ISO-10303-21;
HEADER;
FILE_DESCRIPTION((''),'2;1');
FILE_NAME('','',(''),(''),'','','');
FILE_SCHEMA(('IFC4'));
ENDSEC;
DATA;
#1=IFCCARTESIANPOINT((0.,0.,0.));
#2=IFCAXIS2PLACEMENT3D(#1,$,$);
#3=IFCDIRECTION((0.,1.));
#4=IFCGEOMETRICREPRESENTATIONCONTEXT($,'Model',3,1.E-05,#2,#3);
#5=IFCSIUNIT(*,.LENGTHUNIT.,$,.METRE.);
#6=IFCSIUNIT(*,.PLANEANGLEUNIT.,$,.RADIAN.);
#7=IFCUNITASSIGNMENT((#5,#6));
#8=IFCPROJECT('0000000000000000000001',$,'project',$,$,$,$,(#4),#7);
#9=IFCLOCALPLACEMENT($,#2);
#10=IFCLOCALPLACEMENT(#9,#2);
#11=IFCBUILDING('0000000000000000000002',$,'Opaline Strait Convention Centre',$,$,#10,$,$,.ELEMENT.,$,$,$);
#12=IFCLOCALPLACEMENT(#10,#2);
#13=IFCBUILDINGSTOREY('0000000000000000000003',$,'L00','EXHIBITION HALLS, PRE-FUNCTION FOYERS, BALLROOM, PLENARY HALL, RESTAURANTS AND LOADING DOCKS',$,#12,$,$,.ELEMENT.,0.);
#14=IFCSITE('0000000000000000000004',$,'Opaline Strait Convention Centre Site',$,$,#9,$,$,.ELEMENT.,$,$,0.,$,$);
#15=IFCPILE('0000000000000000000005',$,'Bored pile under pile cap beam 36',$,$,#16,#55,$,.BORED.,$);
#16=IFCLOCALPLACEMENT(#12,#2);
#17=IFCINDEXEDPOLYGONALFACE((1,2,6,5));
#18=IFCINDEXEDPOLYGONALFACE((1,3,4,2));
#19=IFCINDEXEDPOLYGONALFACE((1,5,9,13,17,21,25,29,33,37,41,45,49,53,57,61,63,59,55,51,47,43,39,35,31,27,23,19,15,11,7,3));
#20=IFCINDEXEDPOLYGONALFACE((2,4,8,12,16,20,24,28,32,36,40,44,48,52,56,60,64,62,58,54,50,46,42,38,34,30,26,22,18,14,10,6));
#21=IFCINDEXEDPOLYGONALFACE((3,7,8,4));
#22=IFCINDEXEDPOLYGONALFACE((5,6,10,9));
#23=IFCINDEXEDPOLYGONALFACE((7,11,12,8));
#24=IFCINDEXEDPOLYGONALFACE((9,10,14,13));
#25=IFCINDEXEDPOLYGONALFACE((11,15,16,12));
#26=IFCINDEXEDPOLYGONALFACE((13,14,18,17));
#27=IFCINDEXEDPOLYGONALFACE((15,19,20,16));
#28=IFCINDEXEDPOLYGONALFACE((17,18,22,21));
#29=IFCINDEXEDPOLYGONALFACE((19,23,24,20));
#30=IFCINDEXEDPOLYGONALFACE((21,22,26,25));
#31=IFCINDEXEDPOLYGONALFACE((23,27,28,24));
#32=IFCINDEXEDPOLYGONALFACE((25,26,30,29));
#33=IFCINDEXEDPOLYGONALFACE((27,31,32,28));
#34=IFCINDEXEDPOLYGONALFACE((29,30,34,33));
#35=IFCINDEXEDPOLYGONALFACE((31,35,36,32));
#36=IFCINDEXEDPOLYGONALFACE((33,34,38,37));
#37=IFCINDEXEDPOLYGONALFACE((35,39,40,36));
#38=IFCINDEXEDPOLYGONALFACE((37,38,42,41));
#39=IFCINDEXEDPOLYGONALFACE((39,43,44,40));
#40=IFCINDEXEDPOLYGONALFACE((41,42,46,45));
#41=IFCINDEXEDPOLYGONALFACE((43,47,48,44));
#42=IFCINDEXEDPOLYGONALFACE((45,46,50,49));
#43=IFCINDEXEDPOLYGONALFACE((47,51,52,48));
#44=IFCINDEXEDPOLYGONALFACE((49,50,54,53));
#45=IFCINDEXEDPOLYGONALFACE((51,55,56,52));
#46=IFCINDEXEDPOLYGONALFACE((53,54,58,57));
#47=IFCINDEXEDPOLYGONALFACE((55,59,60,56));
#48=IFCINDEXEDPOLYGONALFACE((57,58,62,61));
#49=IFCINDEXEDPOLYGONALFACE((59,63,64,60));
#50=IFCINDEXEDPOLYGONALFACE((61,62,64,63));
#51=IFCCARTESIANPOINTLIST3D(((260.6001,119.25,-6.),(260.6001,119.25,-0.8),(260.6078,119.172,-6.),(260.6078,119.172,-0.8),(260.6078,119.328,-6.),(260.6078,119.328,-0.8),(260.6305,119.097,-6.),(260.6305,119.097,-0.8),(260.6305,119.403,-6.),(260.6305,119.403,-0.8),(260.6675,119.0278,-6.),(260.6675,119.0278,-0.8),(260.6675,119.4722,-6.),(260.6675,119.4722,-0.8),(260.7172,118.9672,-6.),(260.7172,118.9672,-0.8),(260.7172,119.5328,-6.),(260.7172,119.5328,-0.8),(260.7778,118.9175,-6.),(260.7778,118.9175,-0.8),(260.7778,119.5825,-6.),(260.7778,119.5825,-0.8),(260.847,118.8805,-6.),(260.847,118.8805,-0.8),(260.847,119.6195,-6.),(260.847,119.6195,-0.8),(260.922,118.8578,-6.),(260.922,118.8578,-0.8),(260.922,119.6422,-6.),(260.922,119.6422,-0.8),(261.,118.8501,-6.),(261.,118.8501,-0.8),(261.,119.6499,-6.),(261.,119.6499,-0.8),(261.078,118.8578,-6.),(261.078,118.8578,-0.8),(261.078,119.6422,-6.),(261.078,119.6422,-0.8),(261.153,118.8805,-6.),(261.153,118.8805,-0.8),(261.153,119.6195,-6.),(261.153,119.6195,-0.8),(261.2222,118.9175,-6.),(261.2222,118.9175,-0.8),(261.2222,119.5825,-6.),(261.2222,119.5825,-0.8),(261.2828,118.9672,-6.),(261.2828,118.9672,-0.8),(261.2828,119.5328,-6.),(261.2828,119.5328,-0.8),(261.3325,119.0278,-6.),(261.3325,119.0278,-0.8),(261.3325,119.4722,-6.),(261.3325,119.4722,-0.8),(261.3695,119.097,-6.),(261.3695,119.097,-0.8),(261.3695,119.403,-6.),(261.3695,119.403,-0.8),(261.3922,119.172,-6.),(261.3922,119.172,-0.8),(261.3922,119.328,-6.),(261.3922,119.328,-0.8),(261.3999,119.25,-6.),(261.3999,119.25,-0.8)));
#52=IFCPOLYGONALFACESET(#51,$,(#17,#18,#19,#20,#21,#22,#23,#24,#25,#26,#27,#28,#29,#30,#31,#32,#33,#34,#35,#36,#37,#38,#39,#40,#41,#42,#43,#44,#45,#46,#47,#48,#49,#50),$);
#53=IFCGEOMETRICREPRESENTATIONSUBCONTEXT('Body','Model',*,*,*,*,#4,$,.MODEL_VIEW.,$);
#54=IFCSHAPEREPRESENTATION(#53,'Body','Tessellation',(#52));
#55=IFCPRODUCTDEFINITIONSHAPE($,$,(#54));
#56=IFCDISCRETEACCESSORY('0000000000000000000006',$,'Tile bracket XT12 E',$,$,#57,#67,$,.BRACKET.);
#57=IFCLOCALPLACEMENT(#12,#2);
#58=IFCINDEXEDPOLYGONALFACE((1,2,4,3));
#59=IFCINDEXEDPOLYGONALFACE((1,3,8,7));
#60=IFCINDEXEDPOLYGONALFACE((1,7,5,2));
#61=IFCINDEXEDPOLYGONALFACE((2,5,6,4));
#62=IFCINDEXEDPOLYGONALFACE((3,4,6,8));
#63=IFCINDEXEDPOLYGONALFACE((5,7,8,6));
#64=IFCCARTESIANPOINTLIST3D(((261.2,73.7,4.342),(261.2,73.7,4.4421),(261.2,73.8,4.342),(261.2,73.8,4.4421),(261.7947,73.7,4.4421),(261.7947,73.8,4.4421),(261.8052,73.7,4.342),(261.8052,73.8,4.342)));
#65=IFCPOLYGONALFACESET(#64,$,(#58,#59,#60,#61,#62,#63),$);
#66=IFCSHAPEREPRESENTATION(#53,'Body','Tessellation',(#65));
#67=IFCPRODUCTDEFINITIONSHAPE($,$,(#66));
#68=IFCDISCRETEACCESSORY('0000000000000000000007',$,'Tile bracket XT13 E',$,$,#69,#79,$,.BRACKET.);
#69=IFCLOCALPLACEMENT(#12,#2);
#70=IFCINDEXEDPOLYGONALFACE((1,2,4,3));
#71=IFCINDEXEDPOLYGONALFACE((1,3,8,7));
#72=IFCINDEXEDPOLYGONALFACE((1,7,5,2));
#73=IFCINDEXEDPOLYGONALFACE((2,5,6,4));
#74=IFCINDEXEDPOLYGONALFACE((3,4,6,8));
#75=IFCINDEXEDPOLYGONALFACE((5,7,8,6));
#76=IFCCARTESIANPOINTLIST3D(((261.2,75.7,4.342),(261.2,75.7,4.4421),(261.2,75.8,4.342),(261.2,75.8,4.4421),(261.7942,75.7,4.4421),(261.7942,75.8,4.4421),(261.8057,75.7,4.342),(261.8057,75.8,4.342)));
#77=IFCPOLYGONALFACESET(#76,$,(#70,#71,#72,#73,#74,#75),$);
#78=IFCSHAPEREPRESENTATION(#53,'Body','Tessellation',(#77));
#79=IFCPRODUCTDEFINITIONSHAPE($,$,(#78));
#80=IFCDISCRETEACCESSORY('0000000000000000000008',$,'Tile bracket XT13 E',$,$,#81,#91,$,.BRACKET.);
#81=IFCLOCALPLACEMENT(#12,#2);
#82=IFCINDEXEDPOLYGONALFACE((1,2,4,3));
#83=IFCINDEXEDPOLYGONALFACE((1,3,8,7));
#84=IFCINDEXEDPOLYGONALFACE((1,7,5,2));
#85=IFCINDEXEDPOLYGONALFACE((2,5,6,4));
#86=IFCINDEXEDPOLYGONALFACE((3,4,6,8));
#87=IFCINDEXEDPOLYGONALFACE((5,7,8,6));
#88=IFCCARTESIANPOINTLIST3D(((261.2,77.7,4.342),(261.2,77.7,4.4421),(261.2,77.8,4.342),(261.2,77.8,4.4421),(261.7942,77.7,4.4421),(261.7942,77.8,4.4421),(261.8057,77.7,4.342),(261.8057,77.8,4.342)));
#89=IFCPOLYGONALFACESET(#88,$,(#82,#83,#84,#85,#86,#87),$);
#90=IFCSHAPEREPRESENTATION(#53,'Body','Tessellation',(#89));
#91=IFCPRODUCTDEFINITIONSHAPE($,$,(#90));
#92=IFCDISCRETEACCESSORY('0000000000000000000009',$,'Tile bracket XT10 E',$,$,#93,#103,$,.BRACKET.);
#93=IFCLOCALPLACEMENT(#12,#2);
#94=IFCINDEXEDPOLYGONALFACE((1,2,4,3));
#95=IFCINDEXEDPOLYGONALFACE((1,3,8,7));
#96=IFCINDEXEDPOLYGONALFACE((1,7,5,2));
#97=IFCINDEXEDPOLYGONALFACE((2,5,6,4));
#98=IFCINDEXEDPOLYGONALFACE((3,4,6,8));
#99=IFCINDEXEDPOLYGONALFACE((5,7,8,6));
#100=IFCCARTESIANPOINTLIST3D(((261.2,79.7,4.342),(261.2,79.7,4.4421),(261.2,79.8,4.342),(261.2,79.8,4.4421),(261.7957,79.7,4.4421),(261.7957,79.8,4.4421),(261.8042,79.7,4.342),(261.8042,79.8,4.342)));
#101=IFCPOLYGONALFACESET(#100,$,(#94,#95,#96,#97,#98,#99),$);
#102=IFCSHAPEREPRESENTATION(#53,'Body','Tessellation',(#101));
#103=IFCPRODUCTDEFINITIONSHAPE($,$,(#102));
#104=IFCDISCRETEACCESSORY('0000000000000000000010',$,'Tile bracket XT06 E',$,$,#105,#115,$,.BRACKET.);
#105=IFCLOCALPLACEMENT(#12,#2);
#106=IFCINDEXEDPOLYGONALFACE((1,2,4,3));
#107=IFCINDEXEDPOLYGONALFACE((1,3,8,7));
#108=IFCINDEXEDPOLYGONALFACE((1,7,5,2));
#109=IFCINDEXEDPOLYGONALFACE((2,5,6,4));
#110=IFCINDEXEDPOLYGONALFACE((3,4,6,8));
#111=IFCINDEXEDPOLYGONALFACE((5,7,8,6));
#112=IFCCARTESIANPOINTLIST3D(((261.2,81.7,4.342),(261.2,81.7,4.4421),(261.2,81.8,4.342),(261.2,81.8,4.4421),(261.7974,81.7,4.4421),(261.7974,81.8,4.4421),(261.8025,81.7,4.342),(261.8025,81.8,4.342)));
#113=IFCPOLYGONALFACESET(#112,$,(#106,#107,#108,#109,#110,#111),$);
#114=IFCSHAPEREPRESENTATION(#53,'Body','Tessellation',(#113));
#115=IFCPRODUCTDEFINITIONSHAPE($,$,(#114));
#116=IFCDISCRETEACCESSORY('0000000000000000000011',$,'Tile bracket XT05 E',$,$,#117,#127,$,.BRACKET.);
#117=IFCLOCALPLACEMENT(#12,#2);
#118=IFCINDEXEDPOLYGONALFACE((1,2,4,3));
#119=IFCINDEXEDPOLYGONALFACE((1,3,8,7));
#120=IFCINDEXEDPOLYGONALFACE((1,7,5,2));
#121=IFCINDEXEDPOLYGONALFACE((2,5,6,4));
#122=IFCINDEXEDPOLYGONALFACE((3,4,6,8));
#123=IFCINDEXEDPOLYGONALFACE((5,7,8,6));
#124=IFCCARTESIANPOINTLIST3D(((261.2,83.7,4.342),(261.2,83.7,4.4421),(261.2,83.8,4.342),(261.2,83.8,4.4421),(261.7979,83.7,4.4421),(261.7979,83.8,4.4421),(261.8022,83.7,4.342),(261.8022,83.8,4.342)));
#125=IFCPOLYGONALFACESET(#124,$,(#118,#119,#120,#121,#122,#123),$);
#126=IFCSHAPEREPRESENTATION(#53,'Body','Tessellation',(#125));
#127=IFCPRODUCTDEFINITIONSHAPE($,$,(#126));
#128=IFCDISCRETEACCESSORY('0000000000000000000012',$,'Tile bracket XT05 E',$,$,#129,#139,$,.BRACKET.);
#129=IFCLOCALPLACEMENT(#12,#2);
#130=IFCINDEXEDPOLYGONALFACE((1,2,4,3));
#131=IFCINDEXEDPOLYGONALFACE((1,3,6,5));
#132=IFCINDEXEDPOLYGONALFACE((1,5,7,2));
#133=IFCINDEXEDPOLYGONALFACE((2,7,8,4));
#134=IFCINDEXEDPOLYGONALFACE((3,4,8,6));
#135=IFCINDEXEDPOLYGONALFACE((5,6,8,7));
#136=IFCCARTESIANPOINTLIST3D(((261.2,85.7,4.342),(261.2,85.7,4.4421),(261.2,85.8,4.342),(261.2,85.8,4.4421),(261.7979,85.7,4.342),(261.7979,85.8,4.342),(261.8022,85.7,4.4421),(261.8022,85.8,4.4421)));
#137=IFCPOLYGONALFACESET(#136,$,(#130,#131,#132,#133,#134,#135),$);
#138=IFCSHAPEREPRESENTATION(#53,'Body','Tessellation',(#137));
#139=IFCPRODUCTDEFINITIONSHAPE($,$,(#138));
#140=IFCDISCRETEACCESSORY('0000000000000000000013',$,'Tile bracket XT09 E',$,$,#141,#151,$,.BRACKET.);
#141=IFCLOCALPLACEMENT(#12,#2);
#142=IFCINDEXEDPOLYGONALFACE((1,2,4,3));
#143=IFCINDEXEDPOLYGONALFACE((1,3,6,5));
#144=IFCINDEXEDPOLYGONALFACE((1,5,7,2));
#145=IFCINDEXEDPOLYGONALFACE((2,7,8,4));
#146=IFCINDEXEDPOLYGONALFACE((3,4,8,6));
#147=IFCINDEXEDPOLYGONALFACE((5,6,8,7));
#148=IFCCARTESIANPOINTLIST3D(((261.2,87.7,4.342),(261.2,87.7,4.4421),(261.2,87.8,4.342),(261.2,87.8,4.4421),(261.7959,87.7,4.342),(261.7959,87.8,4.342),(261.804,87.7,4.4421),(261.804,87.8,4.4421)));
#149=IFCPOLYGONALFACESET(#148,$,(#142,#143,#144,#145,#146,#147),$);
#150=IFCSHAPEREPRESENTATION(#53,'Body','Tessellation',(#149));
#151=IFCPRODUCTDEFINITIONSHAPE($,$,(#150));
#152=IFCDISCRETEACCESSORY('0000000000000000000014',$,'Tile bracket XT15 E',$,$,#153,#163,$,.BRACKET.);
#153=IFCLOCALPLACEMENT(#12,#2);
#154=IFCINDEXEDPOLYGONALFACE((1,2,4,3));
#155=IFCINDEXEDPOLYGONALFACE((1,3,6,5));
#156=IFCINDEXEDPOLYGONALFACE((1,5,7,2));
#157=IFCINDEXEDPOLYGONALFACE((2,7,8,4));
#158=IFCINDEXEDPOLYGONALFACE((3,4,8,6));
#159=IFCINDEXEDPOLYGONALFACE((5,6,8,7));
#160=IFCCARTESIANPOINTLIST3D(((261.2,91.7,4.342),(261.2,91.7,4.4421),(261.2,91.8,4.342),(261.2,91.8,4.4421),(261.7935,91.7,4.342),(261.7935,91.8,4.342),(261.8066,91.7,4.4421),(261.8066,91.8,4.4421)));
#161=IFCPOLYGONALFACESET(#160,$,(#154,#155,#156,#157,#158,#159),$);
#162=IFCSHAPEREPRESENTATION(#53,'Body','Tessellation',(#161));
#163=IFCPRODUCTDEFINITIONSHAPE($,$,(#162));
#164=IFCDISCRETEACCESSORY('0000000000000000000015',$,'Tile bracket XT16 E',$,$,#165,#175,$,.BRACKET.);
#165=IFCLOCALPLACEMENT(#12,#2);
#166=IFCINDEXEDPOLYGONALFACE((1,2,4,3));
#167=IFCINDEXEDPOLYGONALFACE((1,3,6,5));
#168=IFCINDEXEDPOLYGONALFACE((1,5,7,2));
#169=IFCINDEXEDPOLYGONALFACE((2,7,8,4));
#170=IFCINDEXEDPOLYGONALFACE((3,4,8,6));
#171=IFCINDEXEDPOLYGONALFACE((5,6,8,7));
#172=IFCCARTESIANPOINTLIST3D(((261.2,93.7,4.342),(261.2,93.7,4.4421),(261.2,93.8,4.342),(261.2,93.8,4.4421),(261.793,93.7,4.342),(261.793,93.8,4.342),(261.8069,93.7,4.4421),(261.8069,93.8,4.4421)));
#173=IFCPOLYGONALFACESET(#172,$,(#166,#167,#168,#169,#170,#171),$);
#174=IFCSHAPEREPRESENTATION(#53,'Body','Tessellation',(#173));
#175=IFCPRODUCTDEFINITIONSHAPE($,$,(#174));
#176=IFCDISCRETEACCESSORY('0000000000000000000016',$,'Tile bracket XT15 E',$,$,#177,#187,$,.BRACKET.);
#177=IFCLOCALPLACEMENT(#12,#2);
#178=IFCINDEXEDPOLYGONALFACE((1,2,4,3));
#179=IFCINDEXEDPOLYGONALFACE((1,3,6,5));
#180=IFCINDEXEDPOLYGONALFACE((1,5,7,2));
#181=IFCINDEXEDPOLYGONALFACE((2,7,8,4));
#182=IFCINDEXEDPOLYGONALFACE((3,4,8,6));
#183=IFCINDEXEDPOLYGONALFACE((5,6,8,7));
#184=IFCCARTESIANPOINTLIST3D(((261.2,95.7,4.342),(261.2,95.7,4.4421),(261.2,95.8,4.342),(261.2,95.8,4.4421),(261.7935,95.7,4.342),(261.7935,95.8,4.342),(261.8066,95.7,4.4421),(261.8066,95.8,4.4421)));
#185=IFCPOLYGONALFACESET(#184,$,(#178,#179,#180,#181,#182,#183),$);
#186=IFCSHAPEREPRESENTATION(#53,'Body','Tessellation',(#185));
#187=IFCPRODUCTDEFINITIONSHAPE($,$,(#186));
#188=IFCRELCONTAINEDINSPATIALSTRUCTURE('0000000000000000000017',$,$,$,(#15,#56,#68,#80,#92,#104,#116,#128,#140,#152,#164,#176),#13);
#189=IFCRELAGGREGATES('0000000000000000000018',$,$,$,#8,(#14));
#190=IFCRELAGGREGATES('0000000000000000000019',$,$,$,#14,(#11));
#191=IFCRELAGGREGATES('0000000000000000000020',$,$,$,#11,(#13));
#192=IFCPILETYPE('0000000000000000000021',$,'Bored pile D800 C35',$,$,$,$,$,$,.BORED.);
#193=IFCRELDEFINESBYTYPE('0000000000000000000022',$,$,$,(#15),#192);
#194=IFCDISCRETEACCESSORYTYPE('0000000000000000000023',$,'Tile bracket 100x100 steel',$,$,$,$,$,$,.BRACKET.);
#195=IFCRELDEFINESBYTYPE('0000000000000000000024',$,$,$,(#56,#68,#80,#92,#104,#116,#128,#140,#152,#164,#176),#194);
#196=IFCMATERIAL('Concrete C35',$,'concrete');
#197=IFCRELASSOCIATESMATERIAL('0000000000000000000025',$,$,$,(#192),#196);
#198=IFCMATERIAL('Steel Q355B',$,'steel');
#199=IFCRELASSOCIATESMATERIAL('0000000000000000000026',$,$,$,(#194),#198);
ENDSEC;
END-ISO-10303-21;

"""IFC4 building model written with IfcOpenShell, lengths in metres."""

from ifc_helpers import new_model, si_unit, direction, frame, origin, origin_2d, place, context, subcontext, project, spatial, polyline, circle, outline, extrude, material, material_profile, profile_set, type_object, element, save


model = new_model("IFC4")

# Units and contexts
model_context = context("Model", 3, precision=1e-05, world=origin(), true_north=direction((0.0, 1.0)))
body_context = subcontext(model_context, "Body", "Model", "MODEL_VIEW")
ifc_project = project(units=[si_unit("LENGTHUNIT", "METRE"), si_unit("PLANEANGLEUNIT", "RADIAN")], contexts=[model_context])

# Site, building, storey
site_placement = place(None, origin())
site = spatial("IfcSite", under=ifc_project, at=site_placement, Name="Opaline Strait Convention Centre Site", CompositionType="ELEMENT", RefElevation=0.0)
building_placement = place(site_placement, origin())
building = spatial("IfcBuilding", under=site, at=building_placement, Name="Opaline Strait Convention Centre", CompositionType="ELEMENT")
storey_placement = place(building_placement, origin())
storey = spatial("IfcBuildingStorey", under=building, at=storey_placement, Name="L00", Description="EXHIBITION HALLS, PRE-FUNCTION FOYERS, BALLROOM, PLENARY HALL, RESTAURANTS AND LOADING DOCKS", CompositionType="ELEMENT", Elevation=0.0)

# Pile
ifc_material_1 = material(Name="Concrete C35", Category="concrete")
ifc_material_profile = material_profile(ifc_material_1, circle(Radius=0.3999, at=origin_2d()), Name="D800")
ifc_profile_set = profile_set([ifc_material_profile], Name="Concrete C35")
pile_type = type_object("IfcPileType", Name="Bored pile D800 C35", PredefinedType="BORED", material=ifc_profile_set)
pile_placement = place(storey_placement, frame((261.0, 119.25, -0.8), z_axis=(0.0, 0.0, -1.0), x_axis=(1.0, 0.0, 0.0)))
element("IfcPile", 1, at=pile_placement, inside=storey, type_object=pile_type, Name="Bored pile under pile cap beam 36", PredefinedType="BORED", context=body_context, shape_type="SweptSolid", body=[
    extrude(circle(Radius=0.3999, at=origin_2d()), origin(), (0.0, 0.0, 1.0), 5.2),
])

# Discrete accessories
ifc_material_2 = material(Name="Steel Q355B", Category="steel")
discrete_accessory_type = type_object("IfcDiscreteAccessoryType", Name="Tile bracket 100x100 steel", PredefinedType="BRACKET", material=ifc_material_2)
discrete_accessory_1_placement = place(storey_placement, frame((261.2, 73.7, 4.3921), z_axis=(0.0, 1.0, 0.0), x_axis=(-1.0, 0.0, 0.0)))
element("IfcDiscreteAccessory", 2, at=discrete_accessory_1_placement, inside=storey, type_object=discrete_accessory_type, Name="Tile bracket XT12 E", PredefinedType="BRACKET", context=body_context, shape_type="SweptSolid", body=[
    extrude(outline(polyline([(0.0, -0.05), (0.0, 0.05), (-0.5947, 0.05), (-0.6052, -0.05), (0.0, -0.05)])), origin(), (0.0, 0.0, 1.0), 0.1001),
])
for number, where, z_axis, x_axis, name in (
    (3, (261.2, 75.7, 4.3921), (0.0, 1.0, 0.0), (-1.0, 0.0, 0.0), "Tile bracket XT13 E"),
    (4, (261.2, 77.7, 4.3921), (0.0, 1.0, 0.0), (-1.0, 0.0, 0.0), "Tile bracket XT13 E"),
):
    element("IfcDiscreteAccessory", number, at=place(storey_placement, frame(where, z_axis=z_axis, x_axis=x_axis)), inside=storey, type_object=discrete_accessory_type, Name=name, PredefinedType="BRACKET", context=body_context, shape_type="SweptSolid", body=[
        extrude(outline(polyline([(0.0, -0.05), (0.0, 0.05), (-0.5942, 0.05), (-0.6057, -0.05), (0.0, -0.05)])), origin(), (0.0, 0.0, 1.0), 0.1001),
    ])
discrete_accessory_2_placement = place(storey_placement, frame((261.2, 79.7, 4.3921), z_axis=(0.0, 1.0, 0.0), x_axis=(-1.0, 0.0, 0.0)))
element("IfcDiscreteAccessory", 5, at=discrete_accessory_2_placement, inside=storey, type_object=discrete_accessory_type, Name="Tile bracket XT10 E", PredefinedType="BRACKET", context=body_context, shape_type="SweptSolid", body=[
    extrude(outline(polyline([(0.0, -0.05), (0.0, 0.05), (-0.5957, 0.05), (-0.6042, -0.05), (0.0, -0.05)])), origin(), (0.0, 0.0, 1.0), 0.1001),
])
discrete_accessory_3_placement = place(storey_placement, frame((261.2, 81.7, 4.3921), z_axis=(0.0, 1.0, 0.0), x_axis=(-1.0, 0.0, 0.0)))
element("IfcDiscreteAccessory", 6, at=discrete_accessory_3_placement, inside=storey, type_object=discrete_accessory_type, Name="Tile bracket XT06 E", PredefinedType="BRACKET", context=body_context, shape_type="SweptSolid", body=[
    extrude(outline(polyline([(0.0, -0.05), (0.0, 0.05), (-0.5974, 0.05), (-0.6025, -0.05), (0.0, -0.05)])), origin(), (0.0, 0.0, 1.0), 0.1001),
])
discrete_accessory_4_placement = place(storey_placement, frame((261.2, 83.7, 4.3921), z_axis=(0.0, 1.0, 0.0), x_axis=(-1.0, 0.0, 0.0)))
element("IfcDiscreteAccessory", 7, at=discrete_accessory_4_placement, inside=storey, type_object=discrete_accessory_type, Name="Tile bracket XT05 E", PredefinedType="BRACKET", context=body_context, shape_type="SweptSolid", body=[
    extrude(outline(polyline([(0.0, -0.05), (0.0, 0.05), (-0.5979, 0.05), (-0.6023, -0.05), (0.0, -0.05)])), origin(), (0.0, 0.0, 1.0), 0.1001),
])
discrete_accessory_5_placement = place(storey_placement, frame((261.2, 85.7, 4.3921), z_axis=(0.0, 1.0, 0.0), x_axis=(-1.0, 0.0, 0.0)))
element("IfcDiscreteAccessory", 8, at=discrete_accessory_5_placement, inside=storey, type_object=discrete_accessory_type, Name="Tile bracket XT05 E", PredefinedType="BRACKET", context=body_context, shape_type="SweptSolid", body=[
    extrude(outline(polyline([(0.0, -0.05), (0.0, 0.05), (-0.6023, 0.05), (-0.5979, -0.05), (0.0, -0.05)])), origin(), (0.0, 0.0, 1.0), 0.1001),
])
discrete_accessory_6_placement = place(storey_placement, frame((261.2, 87.7, 4.3921), z_axis=(0.0, 1.0, 0.0), x_axis=(-1.0, 0.0, 0.0)))
element("IfcDiscreteAccessory", 9, at=discrete_accessory_6_placement, inside=storey, type_object=discrete_accessory_type, Name="Tile bracket XT09 E", PredefinedType="BRACKET", context=body_context, shape_type="SweptSolid", body=[
    extrude(outline(polyline([(0.0, -0.05), (0.0, 0.05), (-0.604, 0.05), (-0.5959, -0.05), (0.0, -0.05)])), origin(), (0.0, 0.0, 1.0), 0.1001),
])
discrete_accessory_7_placement = place(storey_placement, frame((261.2, 91.7, 4.3921), z_axis=(0.0, 1.0, 0.0), x_axis=(-1.0, 0.0, 0.0)))
element("IfcDiscreteAccessory", 10, at=discrete_accessory_7_placement, inside=storey, type_object=discrete_accessory_type, Name="Tile bracket XT15 E", PredefinedType="BRACKET", context=body_context, shape_type="SweptSolid", body=[
    extrude(outline(polyline([(0.0, -0.05), (0.0, 0.05), (-0.6067, 0.05), (-0.5935, -0.05), (0.0, -0.05)])), origin(), (0.0, 0.0, 1.0), 0.1001),
])
discrete_accessory_8_placement = place(storey_placement, frame((261.2, 93.7, 4.3921), z_axis=(0.0, 1.0, 0.0), x_axis=(-1.0, 0.0, 0.0)))
element("IfcDiscreteAccessory", 11, at=discrete_accessory_8_placement, inside=storey, type_object=discrete_accessory_type, Name="Tile bracket XT16 E", PredefinedType="BRACKET", context=body_context, shape_type="SweptSolid", body=[
    extrude(outline(polyline([(0.0, -0.05), (0.0, 0.05), (-0.6069, 0.05), (-0.593, -0.05), (0.0, -0.05)])), origin(), (0.0, 0.0, 1.0), 0.1001),
])
discrete_accessory_9_placement = place(storey_placement, frame((261.2, 95.7, 4.3921), z_axis=(0.0, 1.0, 0.0), x_axis=(-1.0, 0.0, 0.0)))
element("IfcDiscreteAccessory", 12, at=discrete_accessory_9_placement, inside=storey, type_object=discrete_accessory_type, Name="Tile bracket XT15 E", PredefinedType="BRACKET", context=body_context, shape_type="SweptSolid", body=[
    extrude(outline(polyline([(0.0, -0.05), (0.0, 0.05), (-0.6067, 0.05), (-0.5935, -0.05), (0.0, -0.05)])), origin(), (0.0, 0.0, 1.0), 0.1001),
])

save(model, "model.ifc")
